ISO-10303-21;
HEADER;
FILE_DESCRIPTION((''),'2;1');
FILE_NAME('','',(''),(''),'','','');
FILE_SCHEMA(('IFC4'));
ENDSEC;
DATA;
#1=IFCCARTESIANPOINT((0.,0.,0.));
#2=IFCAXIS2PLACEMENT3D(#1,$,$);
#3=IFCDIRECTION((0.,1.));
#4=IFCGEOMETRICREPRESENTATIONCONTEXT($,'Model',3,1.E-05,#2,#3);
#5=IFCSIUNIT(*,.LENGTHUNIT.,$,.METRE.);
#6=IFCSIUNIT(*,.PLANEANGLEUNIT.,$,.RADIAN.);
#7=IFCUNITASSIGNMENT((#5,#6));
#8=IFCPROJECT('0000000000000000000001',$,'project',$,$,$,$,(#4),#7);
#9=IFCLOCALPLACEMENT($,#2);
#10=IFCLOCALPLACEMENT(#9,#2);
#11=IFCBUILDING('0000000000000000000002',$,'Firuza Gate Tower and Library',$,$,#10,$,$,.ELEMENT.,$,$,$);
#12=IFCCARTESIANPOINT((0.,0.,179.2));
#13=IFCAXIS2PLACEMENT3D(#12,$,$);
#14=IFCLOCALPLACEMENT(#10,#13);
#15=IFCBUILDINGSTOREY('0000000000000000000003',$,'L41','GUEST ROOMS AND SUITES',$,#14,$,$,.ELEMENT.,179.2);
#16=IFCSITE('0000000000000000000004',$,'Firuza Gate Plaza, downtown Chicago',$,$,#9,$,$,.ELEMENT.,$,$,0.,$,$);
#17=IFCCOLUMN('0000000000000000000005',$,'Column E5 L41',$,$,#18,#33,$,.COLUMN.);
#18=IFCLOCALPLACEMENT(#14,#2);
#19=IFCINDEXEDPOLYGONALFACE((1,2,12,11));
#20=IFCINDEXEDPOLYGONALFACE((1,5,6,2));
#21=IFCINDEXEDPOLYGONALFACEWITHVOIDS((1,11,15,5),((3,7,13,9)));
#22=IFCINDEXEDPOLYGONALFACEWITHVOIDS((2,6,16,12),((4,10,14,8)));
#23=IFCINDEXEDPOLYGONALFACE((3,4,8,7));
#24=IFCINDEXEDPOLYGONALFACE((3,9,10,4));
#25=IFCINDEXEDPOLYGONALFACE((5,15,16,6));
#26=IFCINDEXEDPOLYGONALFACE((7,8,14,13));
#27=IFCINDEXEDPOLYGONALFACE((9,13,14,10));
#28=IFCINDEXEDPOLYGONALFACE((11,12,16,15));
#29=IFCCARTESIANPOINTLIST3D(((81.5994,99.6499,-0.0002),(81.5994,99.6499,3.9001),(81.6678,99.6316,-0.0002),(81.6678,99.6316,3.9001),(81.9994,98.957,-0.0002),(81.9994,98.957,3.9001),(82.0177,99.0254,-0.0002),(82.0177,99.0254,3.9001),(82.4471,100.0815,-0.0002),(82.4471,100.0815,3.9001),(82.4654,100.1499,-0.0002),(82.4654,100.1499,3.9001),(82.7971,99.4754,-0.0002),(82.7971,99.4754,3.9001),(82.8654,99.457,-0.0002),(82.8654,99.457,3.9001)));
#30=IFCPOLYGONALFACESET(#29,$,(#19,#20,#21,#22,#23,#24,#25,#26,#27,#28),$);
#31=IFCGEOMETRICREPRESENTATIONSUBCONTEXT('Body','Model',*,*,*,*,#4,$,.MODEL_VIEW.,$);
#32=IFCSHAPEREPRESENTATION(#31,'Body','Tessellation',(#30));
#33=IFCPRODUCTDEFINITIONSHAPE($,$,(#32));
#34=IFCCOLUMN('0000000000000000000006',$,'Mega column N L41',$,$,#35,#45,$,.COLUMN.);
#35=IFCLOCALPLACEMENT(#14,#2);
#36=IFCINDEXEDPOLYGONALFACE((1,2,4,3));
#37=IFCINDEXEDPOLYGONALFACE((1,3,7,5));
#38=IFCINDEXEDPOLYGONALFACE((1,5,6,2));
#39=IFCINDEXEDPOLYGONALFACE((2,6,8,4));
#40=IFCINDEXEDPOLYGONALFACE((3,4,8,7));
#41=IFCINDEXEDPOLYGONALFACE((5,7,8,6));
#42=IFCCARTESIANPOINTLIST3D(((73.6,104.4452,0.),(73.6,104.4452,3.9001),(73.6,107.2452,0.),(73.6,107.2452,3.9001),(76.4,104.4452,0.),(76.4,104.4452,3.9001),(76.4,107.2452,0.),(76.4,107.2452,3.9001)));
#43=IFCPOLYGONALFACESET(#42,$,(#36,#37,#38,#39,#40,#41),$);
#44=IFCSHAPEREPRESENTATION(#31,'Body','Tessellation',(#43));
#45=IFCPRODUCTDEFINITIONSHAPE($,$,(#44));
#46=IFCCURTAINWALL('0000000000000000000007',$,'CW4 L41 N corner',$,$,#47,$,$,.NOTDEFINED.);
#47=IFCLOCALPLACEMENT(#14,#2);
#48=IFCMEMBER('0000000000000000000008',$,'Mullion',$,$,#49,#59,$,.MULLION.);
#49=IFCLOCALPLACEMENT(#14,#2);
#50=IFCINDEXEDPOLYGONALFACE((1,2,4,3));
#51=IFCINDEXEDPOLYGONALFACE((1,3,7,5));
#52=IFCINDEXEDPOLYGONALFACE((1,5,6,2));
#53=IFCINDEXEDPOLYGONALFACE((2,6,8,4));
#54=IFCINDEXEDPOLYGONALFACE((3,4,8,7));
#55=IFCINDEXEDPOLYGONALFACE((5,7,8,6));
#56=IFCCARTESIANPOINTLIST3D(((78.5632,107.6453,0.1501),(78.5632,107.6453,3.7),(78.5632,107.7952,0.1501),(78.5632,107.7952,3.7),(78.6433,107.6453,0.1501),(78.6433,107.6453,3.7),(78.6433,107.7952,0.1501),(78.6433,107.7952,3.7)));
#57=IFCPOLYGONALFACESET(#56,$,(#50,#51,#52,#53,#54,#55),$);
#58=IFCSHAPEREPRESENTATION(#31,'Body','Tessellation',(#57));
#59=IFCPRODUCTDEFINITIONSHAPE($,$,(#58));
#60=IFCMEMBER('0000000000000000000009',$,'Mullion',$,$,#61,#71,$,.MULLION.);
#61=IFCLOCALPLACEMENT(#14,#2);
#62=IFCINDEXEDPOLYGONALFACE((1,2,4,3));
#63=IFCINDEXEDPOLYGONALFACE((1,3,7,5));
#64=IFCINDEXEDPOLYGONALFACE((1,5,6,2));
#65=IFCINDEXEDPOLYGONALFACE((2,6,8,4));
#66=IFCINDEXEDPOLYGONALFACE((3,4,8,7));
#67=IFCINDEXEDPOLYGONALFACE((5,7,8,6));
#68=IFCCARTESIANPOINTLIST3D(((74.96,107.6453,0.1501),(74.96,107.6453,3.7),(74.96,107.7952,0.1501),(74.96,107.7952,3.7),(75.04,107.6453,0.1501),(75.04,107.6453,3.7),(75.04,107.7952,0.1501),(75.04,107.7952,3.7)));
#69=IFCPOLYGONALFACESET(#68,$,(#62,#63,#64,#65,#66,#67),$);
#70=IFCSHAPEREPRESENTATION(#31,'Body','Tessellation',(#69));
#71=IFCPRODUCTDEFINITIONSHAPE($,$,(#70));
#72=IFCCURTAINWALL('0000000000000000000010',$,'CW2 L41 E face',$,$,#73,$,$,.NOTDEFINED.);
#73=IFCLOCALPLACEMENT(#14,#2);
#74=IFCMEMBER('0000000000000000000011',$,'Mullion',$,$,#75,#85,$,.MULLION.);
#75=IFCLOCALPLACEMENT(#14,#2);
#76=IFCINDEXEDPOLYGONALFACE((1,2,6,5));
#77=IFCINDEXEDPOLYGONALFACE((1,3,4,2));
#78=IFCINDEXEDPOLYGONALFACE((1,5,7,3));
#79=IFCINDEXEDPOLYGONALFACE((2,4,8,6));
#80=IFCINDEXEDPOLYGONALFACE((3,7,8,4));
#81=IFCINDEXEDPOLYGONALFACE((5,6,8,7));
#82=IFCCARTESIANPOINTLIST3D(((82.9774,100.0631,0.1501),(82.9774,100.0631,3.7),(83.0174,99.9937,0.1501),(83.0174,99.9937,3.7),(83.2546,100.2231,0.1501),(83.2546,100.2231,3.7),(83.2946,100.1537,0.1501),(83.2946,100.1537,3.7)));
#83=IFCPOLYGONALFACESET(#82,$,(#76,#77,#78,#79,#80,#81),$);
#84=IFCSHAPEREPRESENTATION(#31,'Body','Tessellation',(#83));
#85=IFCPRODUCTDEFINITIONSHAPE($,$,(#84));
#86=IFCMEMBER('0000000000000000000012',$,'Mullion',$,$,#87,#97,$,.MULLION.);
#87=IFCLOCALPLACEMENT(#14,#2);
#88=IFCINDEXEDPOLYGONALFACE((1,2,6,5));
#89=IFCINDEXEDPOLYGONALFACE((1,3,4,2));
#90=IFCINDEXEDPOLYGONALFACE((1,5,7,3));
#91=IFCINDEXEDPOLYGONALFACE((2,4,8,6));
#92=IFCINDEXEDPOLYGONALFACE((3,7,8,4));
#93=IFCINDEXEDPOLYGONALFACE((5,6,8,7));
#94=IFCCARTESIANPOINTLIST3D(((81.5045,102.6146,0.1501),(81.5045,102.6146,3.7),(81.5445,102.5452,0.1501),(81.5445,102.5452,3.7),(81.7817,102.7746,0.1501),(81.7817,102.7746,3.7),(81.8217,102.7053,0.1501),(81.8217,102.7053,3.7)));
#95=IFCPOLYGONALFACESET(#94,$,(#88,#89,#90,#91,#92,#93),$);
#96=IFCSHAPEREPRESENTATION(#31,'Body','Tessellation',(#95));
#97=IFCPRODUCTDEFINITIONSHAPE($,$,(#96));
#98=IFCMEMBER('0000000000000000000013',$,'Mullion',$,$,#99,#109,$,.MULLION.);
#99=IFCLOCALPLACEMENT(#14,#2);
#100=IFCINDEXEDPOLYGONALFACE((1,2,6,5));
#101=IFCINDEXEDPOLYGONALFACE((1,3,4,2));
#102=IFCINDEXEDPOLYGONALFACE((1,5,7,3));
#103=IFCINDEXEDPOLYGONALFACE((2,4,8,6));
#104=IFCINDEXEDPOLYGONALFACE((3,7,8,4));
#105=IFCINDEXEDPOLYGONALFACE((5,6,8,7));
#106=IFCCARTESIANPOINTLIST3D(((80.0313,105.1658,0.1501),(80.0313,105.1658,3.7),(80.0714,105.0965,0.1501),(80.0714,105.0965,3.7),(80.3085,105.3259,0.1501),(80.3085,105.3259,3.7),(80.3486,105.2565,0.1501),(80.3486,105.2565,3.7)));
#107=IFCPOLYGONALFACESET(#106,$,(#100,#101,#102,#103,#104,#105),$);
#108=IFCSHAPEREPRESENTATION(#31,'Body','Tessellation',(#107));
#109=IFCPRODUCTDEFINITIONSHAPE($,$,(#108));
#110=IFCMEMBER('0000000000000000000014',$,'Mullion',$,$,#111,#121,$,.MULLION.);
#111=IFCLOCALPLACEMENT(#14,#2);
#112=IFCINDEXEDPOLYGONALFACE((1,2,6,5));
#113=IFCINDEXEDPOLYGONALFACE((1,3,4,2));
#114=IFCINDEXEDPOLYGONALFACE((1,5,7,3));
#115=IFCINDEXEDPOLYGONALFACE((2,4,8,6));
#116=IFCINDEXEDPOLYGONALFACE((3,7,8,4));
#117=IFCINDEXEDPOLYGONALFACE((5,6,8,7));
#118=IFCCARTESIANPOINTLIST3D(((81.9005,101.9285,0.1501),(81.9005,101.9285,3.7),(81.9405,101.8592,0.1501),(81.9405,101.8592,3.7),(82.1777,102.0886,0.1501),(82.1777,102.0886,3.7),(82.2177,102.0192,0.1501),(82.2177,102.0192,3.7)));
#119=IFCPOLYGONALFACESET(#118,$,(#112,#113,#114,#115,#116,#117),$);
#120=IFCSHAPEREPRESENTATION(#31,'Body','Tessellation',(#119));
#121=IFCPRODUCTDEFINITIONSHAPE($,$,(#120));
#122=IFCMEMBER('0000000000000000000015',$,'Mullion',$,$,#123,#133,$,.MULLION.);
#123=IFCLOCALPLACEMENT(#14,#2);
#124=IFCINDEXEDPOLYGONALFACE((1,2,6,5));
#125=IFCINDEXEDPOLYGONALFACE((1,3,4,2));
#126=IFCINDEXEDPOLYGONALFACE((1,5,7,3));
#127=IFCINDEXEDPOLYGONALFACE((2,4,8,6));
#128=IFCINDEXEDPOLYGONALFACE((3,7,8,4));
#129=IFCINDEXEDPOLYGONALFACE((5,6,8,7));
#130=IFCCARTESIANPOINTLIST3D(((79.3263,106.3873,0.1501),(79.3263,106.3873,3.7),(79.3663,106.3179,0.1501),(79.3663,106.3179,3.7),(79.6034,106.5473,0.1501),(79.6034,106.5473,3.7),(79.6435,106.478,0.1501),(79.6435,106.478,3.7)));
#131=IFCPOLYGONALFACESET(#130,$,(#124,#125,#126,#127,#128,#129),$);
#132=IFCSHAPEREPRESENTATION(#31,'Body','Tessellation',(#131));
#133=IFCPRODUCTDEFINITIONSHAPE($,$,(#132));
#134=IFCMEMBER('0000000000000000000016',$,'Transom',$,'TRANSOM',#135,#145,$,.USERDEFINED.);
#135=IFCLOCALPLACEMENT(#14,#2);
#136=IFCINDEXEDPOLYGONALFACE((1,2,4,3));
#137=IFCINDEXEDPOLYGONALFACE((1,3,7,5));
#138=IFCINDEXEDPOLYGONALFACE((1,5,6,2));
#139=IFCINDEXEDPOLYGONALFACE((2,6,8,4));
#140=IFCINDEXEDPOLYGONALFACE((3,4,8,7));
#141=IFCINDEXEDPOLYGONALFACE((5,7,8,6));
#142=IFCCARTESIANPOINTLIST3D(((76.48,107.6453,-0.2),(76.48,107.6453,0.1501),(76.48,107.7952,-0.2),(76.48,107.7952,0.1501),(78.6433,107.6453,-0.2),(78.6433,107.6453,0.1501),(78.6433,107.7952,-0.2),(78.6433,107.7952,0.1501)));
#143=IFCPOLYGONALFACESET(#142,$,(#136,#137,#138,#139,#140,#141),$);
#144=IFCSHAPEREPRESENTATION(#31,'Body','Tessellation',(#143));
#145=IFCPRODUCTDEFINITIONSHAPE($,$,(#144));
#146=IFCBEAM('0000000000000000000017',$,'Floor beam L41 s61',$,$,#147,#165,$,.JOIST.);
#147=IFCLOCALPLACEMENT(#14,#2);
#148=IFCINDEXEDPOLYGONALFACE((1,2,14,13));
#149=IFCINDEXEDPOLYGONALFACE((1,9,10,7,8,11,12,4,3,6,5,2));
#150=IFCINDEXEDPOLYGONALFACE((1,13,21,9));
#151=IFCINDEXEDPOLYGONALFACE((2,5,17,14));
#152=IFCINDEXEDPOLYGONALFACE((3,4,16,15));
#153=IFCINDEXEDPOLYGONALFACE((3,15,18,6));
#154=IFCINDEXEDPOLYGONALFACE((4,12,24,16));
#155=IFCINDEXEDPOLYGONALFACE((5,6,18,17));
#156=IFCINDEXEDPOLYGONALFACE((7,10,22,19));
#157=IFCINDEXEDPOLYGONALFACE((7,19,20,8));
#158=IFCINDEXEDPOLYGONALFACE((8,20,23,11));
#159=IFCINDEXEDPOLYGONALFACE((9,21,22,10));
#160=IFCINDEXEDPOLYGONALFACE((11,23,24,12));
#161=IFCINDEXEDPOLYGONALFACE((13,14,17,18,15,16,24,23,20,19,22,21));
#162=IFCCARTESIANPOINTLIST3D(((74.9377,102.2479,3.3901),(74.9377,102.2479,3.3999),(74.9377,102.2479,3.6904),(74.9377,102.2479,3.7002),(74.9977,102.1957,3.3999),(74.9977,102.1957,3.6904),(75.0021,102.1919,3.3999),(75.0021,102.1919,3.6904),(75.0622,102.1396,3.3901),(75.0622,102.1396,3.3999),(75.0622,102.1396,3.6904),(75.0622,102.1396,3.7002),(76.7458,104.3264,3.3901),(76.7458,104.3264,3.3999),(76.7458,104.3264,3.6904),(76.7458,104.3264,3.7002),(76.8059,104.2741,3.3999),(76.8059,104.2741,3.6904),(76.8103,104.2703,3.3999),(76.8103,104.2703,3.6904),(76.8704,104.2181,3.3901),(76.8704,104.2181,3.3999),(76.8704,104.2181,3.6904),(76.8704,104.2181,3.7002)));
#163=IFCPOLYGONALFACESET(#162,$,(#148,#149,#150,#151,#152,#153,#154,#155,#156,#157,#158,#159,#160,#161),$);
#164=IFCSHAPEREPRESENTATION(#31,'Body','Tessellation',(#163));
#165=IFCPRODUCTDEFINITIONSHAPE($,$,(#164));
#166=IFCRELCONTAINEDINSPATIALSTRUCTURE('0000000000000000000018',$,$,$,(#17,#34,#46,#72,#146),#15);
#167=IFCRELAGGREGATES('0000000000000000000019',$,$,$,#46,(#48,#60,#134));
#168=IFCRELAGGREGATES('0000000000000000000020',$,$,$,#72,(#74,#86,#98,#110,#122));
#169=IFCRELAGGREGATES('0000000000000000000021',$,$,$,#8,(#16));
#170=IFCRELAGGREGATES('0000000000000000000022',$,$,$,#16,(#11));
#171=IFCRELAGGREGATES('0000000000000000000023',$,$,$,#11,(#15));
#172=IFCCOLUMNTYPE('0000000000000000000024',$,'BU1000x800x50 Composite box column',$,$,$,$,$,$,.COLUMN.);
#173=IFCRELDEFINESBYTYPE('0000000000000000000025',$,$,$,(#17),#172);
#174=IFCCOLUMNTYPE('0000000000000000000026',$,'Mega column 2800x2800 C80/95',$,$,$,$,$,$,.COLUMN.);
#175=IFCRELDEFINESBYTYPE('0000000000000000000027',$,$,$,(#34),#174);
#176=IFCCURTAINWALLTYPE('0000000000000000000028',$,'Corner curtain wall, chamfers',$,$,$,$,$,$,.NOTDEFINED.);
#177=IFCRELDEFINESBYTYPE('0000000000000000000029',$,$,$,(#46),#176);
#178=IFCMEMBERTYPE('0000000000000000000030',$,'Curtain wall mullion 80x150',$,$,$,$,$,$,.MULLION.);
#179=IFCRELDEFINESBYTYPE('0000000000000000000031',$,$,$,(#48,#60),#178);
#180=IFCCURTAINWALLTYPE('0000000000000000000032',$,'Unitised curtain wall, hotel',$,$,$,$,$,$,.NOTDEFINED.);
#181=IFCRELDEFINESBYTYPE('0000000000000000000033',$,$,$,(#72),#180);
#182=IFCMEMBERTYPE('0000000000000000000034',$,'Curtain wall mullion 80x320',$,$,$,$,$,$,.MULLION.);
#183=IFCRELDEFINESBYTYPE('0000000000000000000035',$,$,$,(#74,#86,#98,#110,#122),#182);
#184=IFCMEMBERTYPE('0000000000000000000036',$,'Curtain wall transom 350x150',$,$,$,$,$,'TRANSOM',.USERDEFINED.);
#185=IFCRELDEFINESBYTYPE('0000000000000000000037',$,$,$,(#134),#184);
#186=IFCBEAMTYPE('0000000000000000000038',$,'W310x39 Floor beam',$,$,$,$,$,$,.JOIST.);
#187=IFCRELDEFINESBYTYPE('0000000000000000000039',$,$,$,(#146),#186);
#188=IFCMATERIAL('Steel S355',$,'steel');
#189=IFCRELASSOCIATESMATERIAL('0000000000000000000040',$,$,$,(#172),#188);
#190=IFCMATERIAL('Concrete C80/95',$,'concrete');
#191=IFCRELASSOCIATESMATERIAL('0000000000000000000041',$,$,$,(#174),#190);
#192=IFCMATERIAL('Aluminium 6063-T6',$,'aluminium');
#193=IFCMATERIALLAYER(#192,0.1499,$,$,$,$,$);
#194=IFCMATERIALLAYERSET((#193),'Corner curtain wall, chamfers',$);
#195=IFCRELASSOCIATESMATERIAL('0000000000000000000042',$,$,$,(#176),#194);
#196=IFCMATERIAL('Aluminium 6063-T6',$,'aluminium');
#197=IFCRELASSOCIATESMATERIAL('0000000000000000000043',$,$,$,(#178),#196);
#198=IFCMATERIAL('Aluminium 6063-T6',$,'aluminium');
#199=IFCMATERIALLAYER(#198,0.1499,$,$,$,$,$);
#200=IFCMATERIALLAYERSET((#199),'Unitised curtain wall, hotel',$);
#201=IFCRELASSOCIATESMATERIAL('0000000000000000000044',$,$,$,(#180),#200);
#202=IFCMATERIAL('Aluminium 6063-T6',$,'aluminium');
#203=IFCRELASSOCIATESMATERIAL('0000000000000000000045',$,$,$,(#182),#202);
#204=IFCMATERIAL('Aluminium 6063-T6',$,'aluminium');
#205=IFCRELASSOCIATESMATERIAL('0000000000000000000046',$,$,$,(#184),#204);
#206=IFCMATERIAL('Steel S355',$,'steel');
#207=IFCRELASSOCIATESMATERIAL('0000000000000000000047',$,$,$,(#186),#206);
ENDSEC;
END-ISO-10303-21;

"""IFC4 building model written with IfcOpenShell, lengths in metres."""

from ifc_helpers import new_model, si_unit, direction, frame, origin, origin_2d, place, context, subcontext, project, spatial, rectangle, hollow_rectangle, i_section, extrude, material, layer, layer_set, material_profile, profile_set, type_object, element, aggregate, save


model = new_model("IFC4")

# Units and contexts
model_context = context("Model", 3, precision=1e-05, world=origin(), true_north=direction((0.0, 1.0)))
body_context = subcontext(model_context, "Body", "Model", "MODEL_VIEW")
ifc_project = project(units=[si_unit("LENGTHUNIT", "METRE"), si_unit("PLANEANGLEUNIT", "RADIAN")], contexts=[model_context])

# Site, building, storey
site_placement = place(None, origin())
site = spatial("IfcSite", under=ifc_project, at=site_placement, Name="Firuza Gate Plaza, downtown Chicago", CompositionType="ELEMENT", RefElevation=0.0)
building_placement = place(site_placement, origin())
building = spatial("IfcBuilding", under=site, at=building_placement, Name="Firuza Gate Tower and Library", CompositionType="ELEMENT")
storey_placement = place(building_placement, frame((0.0, 0.0, 179.2)))
storey = spatial("IfcBuildingStorey", under=building, at=storey_placement, Name="L41", Description="GUEST ROOMS AND SUITES", CompositionType="ELEMENT", Elevation=179.2)

# Columns
ifc_material_1 = material(Name="Steel S355", Category="steel")
ifc_material_profile_1 = material_profile(ifc_material_1, hollow_rectangle(XDim=0.8, YDim=1.0, WallThickness=0.05, at=origin_2d()))
ifc_profile_set_1 = profile_set([ifc_material_profile_1], Name="Steel S355")
column_type_1 = type_object("IfcColumnType", Name="BU1000x800x50 Composite box column", PredefinedType="COLUMN", material=ifc_profile_set_1)
column_1_placement = place(storey_placement, frame((82.2324, 99.5535, -0.0002), z_axis=(0.0, 0.0, 1.0), x_axis=(-0.5, 0.866025, 0.0)))
element("IfcColumn", 1, at=column_1_placement, inside=storey, type_object=column_type_1, Name="Column E5 L41", PredefinedType="COLUMN", context=body_context, shape_type="SweptSolid", body=[
    extrude(hollow_rectangle(XDim=0.8, YDim=1.0, WallThickness=0.05, at=origin_2d()), origin(), (0.0, 0.0, 1.0), 3.9004),
])
ifc_material_2 = material(Name="Concrete C80/95", Category="concrete")
ifc_material_profile_2 = material_profile(ifc_material_2, rectangle(XDim=2.8, YDim=2.8, at=origin_2d()))
ifc_profile_set_2 = profile_set([ifc_material_profile_2], Name="Concrete C80/95")
column_type_2 = type_object("IfcColumnType", Name="Mega column 2800x2800 C80/95", PredefinedType="COLUMN", material=ifc_profile_set_2)
column_2_placement = place(storey_placement, frame((75.0, 105.8452, 0.0), z_axis=(0.0, 0.0, 1.0), x_axis=(-1.0, 0.0, 0.0)))
element("IfcColumn", 2, at=column_2_placement, inside=storey, type_object=column_type_2, Name="Mega column N L41", PredefinedType="COLUMN", context=body_context, shape_type="SweptSolid", body=[
    extrude(rectangle(XDim=2.8, YDim=2.8, at=origin_2d()), origin(), (0.0, 0.0, 1.0), 3.9001),
])

# Curtain walls, members
ifc_material_3 = material(Name="Aluminium 6063-T6", Category="aluminium")
ifc_layer_1 = layer(ifc_material_3, 0.1499)
ifc_layer_set_1 = layer_set([ifc_layer_1], Name="Corner curtain wall, chamfers")
curtain_wall_type_1 = type_object("IfcCurtainWallType", Name="Corner curtain wall, chamfers", PredefinedType="NOTDEFINED", material=ifc_layer_set_1)
placement = place(storey_placement, origin())
curtain_wall_1 = element("IfcCurtainWall", 3, at=placement, inside=storey, type_object=curtain_wall_type_1, Name="CW4 L41 N corner", PredefinedType="NOTDEFINED")
ifc_material_4 = material(Name="Aluminium 6063-T6", Category="aluminium")
ifc_material_profile_3 = material_profile(ifc_material_4, rectangle(XDim=0.1499, YDim=0.0801, at=origin_2d()))
ifc_profile_set_3 = profile_set([ifc_material_profile_3], Name="Aluminium 6063-T6")
member_type_1 = type_object("IfcMemberType", Name="Curtain wall mullion 80x150", PredefinedType="MULLION", material=ifc_profile_set_3)
member_1_placement = place(storey_placement, frame((78.6033, 107.7202, 0.1501), z_axis=(0.0, 0.0, 1.0), x_axis=(0.0, -1.0, 0.0)))
member_1 = element("IfcMember", 4, at=member_1_placement, type_object=member_type_1, Name="Mullion", PredefinedType="MULLION", context=body_context, shape_type="SweptSolid", body=[
    extrude(rectangle(XDim=0.1499, YDim=0.0801, at=origin_2d()), origin(), (0.0, 0.0, 1.0), 3.5498),
])
member_2_placement = place(storey_placement, frame((75.0, 107.7202, 0.1501), z_axis=(0.0, 0.0, 1.0), x_axis=(0.0, -1.0, 0.0)))
member_2 = element("IfcMember", 5, at=member_2_placement, type_object=member_type_1, Name="Mullion", PredefinedType="MULLION", context=body_context, shape_type="SweptSolid", body=[
    extrude(rectangle(XDim=0.1499, YDim=0.0801, at=origin_2d()), origin(), (0.0, 0.0, 1.0), 3.5498),
])
ifc_material_5 = material(Name="Aluminium 6063-T6", Category="aluminium")
ifc_layer_2 = layer(ifc_material_5, 0.1499)
ifc_layer_set_2 = layer_set([ifc_layer_2], Name="Unitised curtain wall, hotel")
curtain_wall_type_2 = type_object("IfcCurtainWallType", Name="Unitised curtain wall, hotel", PredefinedType="NOTDEFINED", material=ifc_layer_set_2)
curtain_wall_2 = element("IfcCurtainWall", 6, at=placement, inside=storey, type_object=curtain_wall_type_2, Name="CW2 L41 E face", PredefinedType="NOTDEFINED")
ifc_material_6 = material(Name="Aluminium 6063-T6", Category="aluminium")
ifc_material_profile_4 = material_profile(ifc_material_6, rectangle(XDim=0.3201, YDim=0.0801, at=origin_2d()))
ifc_profile_set_4 = profile_set([ifc_material_profile_4], Name="Aluminium 6063-T6")
member_type_2 = type_object("IfcMemberType", Name="Curtain wall mullion 80x320", PredefinedType="MULLION", material=ifc_profile_set_4)
member_3_placement = place(storey_placement, frame((83.136, 100.1084, 0.1501), z_axis=(0.0, 0.0, 1.0), x_axis=(-0.866025, -0.5, 0.0)))
member_3 = element("IfcMember", 7, at=member_3_placement, type_object=member_type_2, Name="Mullion", PredefinedType="MULLION", context=body_context, shape_type="SweptSolid", body=[
    extrude(rectangle(XDim=0.3201, YDim=0.0801, at=origin_2d()), origin(), (0.0, 0.0, 1.0), 3.5498),
])
member_4_placement = place(storey_placement, frame((81.6631, 102.6599, 0.1501), z_axis=(0.0, 0.0, 1.0), x_axis=(-0.866025, -0.5, 0.0)))
member_4 = element("IfcMember", 8, at=member_4_placement, type_object=member_type_2, Name="Mullion", PredefinedType="MULLION", context=body_context, shape_type="SweptSolid", body=[
    extrude(rectangle(XDim=0.3201, YDim=0.0801, at=origin_2d()), origin(), (0.0, 0.0, 1.0), 3.5498),
])
member_5_placement = place(storey_placement, frame((80.1899, 105.2112, 0.1501), z_axis=(0.0, 0.0, 1.0), x_axis=(-0.866025, -0.5, 0.0)))
member_5 = element("IfcMember", 9, at=member_5_placement, type_object=member_type_2, Name="Mullion", PredefinedType="MULLION", context=body_context, shape_type="SweptSolid", body=[
    extrude(rectangle(XDim=0.3201, YDim=0.0801, at=origin_2d()), origin(), (0.0, 0.0, 1.0), 3.5498),
])
member_6_placement = place(storey_placement, frame((82.0591, 101.9739, 0.1501), z_axis=(0.0, 0.0, 1.0), x_axis=(-0.866025, -0.5, 0.0)))
member_6 = element("IfcMember", 10, at=member_6_placement, type_object=member_type_2, Name="Mullion", PredefinedType="MULLION", context=body_context, shape_type="SweptSolid", body=[
    extrude(rectangle(XDim=0.3201, YDim=0.0801, at=origin_2d()), origin(), (0.0, 0.0, 1.0), 3.5498),
])
member_7_placement = place(storey_placement, frame((79.4849, 106.4326, 0.1501), z_axis=(0.0, 0.0, 1.0), x_axis=(-0.866025, -0.5, 0.0)))
member_7 = element("IfcMember", 11, at=member_7_placement, type_object=member_type_2, Name="Mullion", PredefinedType="MULLION", context=body_context, shape_type="SweptSolid", body=[
    extrude(rectangle(XDim=0.3201, YDim=0.0801, at=origin_2d()), origin(), (0.0, 0.0, 1.0), 3.5498),
])

# Member
ifc_material_7 = material(Name="Aluminium 6063-T6", Category="aluminium")
ifc_material_profile_5 = material_profile(ifc_material_7, rectangle(XDim=0.1499, YDim=0.3501, at=origin_2d()))
ifc_profile_set_5 = profile_set([ifc_material_profile_5], Name="Aluminium 6063-T6")
member_type_3 = type_object("IfcMemberType", Name="Curtain wall transom 350x150", ElementType="TRANSOM", PredefinedType="USERDEFINED", material=ifc_profile_set_5)
member_8_placement = place(storey_placement, frame((78.6433, 107.7202, -0.0249), z_axis=(-1.0, 0.0, 0.0), x_axis=(0.0, -1.0, 0.0)))
member_8 = element("IfcMember", 12, at=member_8_placement, type_object=member_type_3, Name="Transom", ObjectType="TRANSOM", PredefinedType="USERDEFINED", context=body_context, shape_type="SweptSolid", body=[
    extrude(rectangle(XDim=0.1499, YDim=0.3501, at=origin_2d()), origin(), (0.0, 0.0, 1.0), 2.1633),
])

# Beam
ifc_material_8 = material(Name="Steel S355", Category="steel")
ifc_material_profile_6 = material_profile(ifc_material_8, i_section(OverallWidth=0.165, OverallDepth=0.3101, WebThickness=0.0059, FlangeThickness=0.0098, at=origin_2d()))
ifc_profile_set_6 = profile_set([ifc_material_profile_6], Name="Steel S355")
beam_type_1 = type_object("IfcBeamType", Name="W310x39 Floor beam", PredefinedType="JOIST", material=ifc_profile_set_6)
beam_1_placement = place(storey_placement, frame((76.8081, 104.2722, 3.5452), z_axis=(-0.65635, -0.754457, 0.0), x_axis=(0.754457, -0.65635, 0.0)))
element("IfcBeam", 13, at=beam_1_placement, inside=storey, type_object=beam_type_1, Name="Floor beam L41 s61", PredefinedType="JOIST", context=body_context, shape_type="SweptSolid", body=[
    extrude(i_section(OverallWidth=0.165, OverallDepth=0.3101, WebThickness=0.0059, FlangeThickness=0.0098, at=origin_2d()), origin(), (0.0, 0.0, 1.0), 2.7549),
])

aggregate(curtain_wall_1, [member_1, member_2, member_8])
aggregate(curtain_wall_2, [member_3, member_4, member_5, member_6, member_7])

save(model, "model.ifc")
